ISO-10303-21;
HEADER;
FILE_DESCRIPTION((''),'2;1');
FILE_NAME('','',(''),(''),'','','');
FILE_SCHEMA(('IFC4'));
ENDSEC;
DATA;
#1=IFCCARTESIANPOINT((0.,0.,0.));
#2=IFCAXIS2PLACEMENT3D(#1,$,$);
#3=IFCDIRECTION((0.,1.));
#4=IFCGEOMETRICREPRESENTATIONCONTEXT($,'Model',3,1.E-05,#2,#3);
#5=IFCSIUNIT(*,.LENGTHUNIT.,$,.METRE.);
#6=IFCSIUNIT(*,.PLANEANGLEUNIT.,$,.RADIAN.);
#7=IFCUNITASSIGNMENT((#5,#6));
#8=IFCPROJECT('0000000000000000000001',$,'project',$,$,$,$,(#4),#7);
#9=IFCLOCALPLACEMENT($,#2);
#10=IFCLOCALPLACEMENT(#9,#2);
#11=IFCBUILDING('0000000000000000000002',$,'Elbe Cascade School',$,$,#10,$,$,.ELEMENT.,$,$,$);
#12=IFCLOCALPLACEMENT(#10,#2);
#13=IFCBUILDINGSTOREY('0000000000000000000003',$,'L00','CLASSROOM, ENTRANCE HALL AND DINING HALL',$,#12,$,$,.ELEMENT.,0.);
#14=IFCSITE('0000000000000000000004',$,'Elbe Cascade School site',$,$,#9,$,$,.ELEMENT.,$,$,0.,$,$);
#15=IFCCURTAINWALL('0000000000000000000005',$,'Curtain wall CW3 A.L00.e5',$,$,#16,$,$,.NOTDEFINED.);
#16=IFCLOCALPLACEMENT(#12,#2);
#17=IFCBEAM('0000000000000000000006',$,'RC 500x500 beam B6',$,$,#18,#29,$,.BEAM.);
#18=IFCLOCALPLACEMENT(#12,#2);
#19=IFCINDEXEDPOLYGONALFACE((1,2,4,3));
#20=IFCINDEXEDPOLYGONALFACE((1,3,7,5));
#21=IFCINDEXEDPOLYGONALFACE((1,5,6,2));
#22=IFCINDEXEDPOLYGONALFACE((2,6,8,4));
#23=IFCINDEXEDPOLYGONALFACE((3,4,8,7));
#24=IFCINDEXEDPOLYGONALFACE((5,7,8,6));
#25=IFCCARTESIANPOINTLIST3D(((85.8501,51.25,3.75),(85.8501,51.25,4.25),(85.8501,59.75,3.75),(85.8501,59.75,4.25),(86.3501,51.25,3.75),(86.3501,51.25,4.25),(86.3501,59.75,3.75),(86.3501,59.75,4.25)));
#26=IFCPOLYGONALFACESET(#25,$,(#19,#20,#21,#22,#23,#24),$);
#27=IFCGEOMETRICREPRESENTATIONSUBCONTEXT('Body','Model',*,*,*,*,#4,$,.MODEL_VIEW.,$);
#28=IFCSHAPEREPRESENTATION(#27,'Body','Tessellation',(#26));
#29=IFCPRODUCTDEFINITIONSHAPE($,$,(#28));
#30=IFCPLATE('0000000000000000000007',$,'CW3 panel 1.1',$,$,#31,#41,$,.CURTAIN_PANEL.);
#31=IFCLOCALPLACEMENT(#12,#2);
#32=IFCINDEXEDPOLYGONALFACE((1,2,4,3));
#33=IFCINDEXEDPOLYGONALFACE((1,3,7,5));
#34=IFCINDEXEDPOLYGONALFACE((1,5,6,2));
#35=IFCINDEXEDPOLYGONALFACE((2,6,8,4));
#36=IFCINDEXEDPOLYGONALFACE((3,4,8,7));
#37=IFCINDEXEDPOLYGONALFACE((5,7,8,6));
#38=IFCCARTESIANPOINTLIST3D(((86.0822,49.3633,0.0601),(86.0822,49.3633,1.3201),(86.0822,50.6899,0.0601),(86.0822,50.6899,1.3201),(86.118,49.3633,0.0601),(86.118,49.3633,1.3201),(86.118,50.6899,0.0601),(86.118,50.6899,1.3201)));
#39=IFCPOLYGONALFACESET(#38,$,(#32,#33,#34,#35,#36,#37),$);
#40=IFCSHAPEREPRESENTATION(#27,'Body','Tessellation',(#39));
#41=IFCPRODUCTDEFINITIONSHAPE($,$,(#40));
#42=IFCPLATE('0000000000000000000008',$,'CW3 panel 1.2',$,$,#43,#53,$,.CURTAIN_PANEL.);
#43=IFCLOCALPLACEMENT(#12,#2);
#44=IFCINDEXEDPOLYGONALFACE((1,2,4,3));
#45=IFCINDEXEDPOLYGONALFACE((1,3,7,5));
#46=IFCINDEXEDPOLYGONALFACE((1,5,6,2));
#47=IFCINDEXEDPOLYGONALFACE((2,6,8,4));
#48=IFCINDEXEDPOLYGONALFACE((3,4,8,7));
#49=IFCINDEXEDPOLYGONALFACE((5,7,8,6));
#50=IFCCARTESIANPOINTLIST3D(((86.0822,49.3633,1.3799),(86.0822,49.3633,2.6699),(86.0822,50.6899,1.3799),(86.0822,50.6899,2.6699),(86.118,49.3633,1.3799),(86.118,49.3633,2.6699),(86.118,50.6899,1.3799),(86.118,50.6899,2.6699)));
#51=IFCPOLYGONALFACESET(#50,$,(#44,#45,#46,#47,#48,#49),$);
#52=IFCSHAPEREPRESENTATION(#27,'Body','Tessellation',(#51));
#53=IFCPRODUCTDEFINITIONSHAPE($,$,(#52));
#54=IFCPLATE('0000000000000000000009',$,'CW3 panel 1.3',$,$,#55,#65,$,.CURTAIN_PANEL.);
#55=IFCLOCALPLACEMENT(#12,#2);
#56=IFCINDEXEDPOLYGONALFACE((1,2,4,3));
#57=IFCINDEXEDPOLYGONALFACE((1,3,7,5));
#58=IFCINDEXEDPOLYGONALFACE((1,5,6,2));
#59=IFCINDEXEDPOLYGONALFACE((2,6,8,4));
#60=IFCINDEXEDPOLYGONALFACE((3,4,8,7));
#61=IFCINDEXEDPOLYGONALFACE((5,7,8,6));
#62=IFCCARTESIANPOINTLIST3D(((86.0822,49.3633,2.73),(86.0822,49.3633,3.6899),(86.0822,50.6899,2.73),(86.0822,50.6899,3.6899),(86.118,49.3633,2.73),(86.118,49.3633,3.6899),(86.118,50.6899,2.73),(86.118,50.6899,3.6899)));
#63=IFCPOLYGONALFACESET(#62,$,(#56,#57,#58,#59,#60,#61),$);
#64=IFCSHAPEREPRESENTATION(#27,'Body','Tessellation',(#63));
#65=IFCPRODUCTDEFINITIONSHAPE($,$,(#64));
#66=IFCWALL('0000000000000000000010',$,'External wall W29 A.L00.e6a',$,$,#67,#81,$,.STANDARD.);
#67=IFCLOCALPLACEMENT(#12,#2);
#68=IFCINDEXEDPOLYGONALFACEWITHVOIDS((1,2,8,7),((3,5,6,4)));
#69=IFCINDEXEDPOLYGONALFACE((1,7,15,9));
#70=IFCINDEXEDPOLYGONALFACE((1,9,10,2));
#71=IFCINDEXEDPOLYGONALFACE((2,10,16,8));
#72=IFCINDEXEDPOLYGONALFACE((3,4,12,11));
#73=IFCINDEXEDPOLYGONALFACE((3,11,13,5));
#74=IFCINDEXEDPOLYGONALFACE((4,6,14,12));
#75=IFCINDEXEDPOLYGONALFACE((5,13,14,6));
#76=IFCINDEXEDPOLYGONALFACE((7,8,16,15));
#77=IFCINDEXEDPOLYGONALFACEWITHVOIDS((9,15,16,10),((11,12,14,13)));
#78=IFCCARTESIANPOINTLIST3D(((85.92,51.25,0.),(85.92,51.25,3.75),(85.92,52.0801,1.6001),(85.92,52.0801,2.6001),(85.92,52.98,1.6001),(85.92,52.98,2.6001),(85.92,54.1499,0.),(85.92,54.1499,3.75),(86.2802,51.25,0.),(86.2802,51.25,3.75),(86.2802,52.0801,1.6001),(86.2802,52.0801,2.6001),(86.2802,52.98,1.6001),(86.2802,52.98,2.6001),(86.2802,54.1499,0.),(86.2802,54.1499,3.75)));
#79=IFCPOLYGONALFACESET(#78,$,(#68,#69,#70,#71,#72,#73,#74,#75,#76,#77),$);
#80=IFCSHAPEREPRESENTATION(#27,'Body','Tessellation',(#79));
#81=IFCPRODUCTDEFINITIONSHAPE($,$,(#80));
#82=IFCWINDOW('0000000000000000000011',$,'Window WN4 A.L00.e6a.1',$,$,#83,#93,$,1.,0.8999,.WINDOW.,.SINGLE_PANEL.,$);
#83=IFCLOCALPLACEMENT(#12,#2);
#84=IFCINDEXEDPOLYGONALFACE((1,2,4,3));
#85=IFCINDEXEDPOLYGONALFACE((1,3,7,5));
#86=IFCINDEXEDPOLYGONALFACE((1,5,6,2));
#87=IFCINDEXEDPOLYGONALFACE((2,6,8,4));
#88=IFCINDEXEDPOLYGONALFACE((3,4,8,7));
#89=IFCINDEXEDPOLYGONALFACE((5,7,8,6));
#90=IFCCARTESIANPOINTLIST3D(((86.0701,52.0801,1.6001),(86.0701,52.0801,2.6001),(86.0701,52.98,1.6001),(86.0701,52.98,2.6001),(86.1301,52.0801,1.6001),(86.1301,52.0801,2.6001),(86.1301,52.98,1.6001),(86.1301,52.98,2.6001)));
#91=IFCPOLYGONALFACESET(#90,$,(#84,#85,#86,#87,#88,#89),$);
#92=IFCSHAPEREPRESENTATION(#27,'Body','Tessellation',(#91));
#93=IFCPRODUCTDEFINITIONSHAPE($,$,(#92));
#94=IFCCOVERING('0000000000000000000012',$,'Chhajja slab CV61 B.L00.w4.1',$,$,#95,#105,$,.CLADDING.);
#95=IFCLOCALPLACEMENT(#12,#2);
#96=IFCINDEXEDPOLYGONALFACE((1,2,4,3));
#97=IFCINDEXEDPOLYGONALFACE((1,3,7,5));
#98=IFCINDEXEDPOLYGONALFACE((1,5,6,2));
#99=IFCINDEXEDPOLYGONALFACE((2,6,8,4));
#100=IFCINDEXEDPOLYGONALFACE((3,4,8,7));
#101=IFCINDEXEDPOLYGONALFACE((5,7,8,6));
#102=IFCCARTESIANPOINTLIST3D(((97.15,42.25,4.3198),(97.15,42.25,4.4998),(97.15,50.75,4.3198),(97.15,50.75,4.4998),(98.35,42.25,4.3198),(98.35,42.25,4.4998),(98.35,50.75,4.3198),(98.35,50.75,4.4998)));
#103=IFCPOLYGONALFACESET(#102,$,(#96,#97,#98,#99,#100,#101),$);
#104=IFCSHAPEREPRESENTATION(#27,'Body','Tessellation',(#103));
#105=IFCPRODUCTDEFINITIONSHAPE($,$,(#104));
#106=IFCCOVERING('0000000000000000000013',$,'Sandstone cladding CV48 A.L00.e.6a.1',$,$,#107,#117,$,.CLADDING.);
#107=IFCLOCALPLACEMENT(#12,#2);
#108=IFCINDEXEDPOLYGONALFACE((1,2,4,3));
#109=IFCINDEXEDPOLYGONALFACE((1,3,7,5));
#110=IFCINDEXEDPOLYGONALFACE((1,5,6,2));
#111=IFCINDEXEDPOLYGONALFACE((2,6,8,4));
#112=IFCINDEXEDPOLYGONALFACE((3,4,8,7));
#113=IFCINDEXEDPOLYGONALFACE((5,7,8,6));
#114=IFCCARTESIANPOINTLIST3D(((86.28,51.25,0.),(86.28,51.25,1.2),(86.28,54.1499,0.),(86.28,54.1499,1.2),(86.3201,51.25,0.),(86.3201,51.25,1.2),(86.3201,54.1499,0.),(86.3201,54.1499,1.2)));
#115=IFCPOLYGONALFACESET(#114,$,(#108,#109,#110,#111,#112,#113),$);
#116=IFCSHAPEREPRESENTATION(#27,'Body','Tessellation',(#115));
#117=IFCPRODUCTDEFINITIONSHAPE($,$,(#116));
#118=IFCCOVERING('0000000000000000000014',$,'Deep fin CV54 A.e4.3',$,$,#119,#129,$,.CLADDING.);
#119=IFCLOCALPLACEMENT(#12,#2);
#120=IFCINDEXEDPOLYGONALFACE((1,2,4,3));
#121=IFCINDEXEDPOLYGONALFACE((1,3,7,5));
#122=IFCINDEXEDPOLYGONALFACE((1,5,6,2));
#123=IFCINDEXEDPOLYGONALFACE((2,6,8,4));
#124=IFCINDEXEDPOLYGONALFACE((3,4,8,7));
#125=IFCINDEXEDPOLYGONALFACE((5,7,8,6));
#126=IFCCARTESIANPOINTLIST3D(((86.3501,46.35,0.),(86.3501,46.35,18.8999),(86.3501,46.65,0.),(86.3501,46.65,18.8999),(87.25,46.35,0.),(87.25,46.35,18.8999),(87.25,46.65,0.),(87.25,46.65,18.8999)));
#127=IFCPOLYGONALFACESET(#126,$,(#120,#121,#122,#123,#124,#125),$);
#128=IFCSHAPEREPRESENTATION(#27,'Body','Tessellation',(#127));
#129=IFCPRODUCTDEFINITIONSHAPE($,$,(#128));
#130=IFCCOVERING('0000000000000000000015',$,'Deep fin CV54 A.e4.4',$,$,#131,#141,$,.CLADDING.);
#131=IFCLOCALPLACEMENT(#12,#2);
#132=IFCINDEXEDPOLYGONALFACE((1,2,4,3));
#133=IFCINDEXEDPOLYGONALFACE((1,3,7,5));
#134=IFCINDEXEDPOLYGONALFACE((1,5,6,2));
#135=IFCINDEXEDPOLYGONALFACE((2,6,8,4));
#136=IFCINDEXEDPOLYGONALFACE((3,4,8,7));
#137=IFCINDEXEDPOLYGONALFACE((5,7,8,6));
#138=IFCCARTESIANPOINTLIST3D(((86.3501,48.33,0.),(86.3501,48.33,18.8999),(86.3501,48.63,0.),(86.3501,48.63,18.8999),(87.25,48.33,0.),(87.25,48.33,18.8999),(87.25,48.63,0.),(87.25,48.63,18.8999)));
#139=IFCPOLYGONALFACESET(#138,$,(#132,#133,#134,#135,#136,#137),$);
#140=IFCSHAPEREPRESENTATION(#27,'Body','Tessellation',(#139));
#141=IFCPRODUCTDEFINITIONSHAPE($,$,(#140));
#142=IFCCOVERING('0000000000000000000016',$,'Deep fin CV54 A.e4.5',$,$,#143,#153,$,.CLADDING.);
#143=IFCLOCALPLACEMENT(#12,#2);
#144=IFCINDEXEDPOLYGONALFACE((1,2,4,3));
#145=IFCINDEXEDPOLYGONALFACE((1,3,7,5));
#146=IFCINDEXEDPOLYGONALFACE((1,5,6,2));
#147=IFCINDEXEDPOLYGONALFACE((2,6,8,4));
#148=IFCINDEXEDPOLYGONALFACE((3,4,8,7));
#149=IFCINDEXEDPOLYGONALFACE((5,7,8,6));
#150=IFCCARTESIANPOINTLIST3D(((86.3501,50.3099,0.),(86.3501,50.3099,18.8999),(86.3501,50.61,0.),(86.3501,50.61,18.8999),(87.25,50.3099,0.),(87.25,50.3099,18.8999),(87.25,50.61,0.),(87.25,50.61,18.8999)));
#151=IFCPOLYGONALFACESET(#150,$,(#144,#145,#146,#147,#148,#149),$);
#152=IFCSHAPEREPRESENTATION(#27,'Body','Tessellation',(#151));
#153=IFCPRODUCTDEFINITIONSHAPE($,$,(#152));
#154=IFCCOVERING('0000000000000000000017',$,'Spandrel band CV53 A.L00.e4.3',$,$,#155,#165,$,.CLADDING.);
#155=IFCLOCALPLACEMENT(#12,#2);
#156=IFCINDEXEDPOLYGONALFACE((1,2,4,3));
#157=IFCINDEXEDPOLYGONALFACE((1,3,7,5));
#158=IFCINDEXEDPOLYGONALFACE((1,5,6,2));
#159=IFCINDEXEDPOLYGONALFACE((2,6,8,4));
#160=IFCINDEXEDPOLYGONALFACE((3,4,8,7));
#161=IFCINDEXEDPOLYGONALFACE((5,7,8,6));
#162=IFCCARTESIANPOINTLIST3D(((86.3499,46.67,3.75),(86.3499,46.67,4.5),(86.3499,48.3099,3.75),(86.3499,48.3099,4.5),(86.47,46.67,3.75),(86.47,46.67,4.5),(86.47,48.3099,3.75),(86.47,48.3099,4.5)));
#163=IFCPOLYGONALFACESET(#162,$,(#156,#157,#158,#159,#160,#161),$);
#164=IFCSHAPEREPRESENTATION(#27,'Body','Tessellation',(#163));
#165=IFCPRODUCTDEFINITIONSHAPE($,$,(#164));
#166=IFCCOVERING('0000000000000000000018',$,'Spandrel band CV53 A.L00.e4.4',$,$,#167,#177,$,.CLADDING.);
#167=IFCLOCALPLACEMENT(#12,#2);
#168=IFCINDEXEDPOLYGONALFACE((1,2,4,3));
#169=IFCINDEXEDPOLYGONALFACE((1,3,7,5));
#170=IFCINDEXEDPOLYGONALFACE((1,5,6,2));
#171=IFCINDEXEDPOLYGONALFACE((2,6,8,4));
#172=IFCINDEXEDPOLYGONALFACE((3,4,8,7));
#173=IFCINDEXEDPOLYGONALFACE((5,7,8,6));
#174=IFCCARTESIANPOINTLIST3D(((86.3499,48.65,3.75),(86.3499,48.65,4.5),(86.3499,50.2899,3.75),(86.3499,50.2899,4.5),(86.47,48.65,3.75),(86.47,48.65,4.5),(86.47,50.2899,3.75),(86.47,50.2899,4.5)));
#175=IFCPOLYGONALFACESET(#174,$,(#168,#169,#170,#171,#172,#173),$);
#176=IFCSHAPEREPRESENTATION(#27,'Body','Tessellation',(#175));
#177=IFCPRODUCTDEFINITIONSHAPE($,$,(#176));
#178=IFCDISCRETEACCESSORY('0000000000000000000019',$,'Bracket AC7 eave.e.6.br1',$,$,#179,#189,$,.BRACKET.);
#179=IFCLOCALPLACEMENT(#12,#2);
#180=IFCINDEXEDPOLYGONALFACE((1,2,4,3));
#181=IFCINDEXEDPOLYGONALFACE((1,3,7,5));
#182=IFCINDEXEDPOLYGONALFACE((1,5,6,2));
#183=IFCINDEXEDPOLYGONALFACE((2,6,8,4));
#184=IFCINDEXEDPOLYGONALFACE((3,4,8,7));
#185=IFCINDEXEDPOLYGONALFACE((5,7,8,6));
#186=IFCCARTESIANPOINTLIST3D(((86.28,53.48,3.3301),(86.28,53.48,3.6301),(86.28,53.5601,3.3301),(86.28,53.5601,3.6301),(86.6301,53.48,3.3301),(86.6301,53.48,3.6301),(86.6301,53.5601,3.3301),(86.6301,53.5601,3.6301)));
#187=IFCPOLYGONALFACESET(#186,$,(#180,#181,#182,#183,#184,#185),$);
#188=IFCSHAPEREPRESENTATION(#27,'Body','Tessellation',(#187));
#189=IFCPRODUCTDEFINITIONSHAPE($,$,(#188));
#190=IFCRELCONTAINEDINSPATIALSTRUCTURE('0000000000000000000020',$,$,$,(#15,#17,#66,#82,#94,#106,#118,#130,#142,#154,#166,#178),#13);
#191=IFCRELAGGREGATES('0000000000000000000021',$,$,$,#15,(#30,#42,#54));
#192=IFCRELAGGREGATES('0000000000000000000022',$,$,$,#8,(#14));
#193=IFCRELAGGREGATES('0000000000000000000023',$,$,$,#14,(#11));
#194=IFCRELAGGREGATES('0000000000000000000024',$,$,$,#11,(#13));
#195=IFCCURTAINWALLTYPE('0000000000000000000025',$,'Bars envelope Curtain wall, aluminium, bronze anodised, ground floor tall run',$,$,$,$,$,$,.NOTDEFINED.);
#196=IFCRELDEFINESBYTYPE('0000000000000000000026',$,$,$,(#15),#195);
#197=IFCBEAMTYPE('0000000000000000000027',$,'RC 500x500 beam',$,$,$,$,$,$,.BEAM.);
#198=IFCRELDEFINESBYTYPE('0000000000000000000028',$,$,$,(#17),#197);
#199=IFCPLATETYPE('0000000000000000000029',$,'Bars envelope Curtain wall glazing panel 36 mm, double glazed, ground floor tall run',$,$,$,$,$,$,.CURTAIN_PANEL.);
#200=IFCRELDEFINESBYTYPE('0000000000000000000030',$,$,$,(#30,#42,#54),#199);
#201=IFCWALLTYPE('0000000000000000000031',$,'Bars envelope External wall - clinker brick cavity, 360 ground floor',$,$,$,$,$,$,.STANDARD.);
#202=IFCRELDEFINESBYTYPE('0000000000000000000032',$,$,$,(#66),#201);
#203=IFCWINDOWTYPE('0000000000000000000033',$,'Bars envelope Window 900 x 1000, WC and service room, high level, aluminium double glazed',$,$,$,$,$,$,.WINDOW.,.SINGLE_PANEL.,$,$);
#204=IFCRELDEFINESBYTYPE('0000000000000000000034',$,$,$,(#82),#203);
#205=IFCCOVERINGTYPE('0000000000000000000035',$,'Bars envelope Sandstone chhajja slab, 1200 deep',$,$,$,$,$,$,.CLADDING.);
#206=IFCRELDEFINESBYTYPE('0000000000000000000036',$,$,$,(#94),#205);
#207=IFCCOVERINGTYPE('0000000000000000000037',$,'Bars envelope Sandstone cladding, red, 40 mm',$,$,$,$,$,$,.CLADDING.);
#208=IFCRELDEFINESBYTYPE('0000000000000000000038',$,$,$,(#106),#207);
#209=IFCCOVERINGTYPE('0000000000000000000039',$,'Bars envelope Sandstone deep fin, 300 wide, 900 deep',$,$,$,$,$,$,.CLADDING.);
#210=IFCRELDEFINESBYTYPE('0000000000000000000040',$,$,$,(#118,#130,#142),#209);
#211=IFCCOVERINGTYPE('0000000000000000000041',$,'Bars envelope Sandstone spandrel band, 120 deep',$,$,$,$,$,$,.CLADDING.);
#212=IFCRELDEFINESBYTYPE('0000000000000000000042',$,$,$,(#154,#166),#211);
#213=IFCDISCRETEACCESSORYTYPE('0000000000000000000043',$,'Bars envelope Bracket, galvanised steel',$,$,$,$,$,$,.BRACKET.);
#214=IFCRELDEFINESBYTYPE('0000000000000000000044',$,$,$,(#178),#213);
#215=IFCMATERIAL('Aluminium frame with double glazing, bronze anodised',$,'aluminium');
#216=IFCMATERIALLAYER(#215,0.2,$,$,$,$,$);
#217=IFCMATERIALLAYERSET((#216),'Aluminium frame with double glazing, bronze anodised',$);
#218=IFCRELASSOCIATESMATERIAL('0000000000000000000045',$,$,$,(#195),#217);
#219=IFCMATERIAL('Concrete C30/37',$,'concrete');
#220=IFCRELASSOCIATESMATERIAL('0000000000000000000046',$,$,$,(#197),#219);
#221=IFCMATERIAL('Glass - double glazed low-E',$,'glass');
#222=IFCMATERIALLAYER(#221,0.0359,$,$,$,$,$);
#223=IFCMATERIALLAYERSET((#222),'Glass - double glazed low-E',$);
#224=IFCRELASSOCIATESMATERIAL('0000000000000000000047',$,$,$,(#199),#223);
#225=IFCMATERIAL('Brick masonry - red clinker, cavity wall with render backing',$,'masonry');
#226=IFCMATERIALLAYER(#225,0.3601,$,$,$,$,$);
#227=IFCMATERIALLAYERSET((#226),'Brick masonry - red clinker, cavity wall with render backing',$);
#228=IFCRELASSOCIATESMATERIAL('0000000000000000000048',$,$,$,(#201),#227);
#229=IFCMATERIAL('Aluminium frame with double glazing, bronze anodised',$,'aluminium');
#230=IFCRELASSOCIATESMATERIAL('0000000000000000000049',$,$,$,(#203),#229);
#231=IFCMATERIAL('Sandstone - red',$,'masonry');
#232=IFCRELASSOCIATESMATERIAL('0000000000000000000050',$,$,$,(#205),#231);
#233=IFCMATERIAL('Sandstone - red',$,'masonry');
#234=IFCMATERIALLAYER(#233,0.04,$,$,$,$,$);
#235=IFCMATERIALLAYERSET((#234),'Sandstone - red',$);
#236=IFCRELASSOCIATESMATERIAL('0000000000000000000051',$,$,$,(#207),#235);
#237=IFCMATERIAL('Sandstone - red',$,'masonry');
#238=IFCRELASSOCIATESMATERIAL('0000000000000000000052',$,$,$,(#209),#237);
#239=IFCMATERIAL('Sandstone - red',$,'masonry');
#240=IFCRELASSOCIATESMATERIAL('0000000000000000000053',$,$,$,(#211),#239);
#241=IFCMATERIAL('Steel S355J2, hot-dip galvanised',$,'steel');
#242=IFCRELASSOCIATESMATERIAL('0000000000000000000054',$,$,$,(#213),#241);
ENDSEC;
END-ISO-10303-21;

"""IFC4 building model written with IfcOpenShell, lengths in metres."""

from ifc_helpers import new_model, si_unit, direction, frame, frame_2d, origin, origin_2d, place, context, subcontext, project, spatial, rectangle, extrude, material, layer, layer_set, material_profile, profile_set, type_object, element, fill, aggregate, save


model = new_model("IFC4")

# Units and contexts
model_context = context("Model", 3, precision=1e-05, world=origin(), true_north=direction((0.0, 1.0)))
body_context = subcontext(model_context, "Body", "Model", "MODEL_VIEW")
ifc_project = project(units=[si_unit("LENGTHUNIT", "METRE"), si_unit("PLANEANGLEUNIT", "RADIAN")], contexts=[model_context])

# Site, building, storey
site_placement = place(None, origin())
site = spatial("IfcSite", under=ifc_project, at=site_placement, Name="Elbe Cascade School site", CompositionType="ELEMENT", RefElevation=0.0)
building_placement = place(site_placement, origin())
building = spatial("IfcBuilding", under=site, at=building_placement, Name="Elbe Cascade School", CompositionType="ELEMENT")
storey_placement = place(building_placement, origin())
storey = spatial("IfcBuildingStorey", under=building, at=storey_placement, Name="L00", Description="CLASSROOM, ENTRANCE HALL AND DINING HALL", CompositionType="ELEMENT", Elevation=0.0)

# Curtain wall
ifc_material_1 = material(Name="Aluminium frame with double glazing, bronze anodised", Category="aluminium")
ifc_layer_1 = layer(ifc_material_1, 0.2)
ifc_layer_set_1 = layer_set([ifc_layer_1], Name="Aluminium frame with double glazing, bronze anodised")
curtain_wall_type = type_object("IfcCurtainWallType", Name="Bars envelope Curtain wall, aluminium, bronze anodised, ground floor tall run", PredefinedType="NOTDEFINED", material=ifc_layer_set_1)
curtain_wall_1_placement = place(storey_placement, origin())
curtain_wall_1 = element("IfcCurtainWall", 1, at=curtain_wall_1_placement, inside=storey, type_object=curtain_wall_type, Name="Curtain wall CW3 A.L00.e5", PredefinedType="NOTDEFINED")

# Beam
ifc_material_2 = material(Name="Concrete C30/37", Category="concrete")
ifc_material_profile_1 = material_profile(ifc_material_2, rectangle(XDim=0.5, YDim=0.5, at=origin_2d()), Name="RC 500x500")
ifc_profile_set_1 = profile_set([ifc_material_profile_1], Name="Concrete C30/37")
beam_type_1 = type_object("IfcBeamType", Name="RC 500x500 beam", PredefinedType="BEAM", material=ifc_profile_set_1)
beam_1_placement = place(storey_placement, frame((86.1001, 51.25, 4.0), z_axis=(0.0, 1.0, 0.0), x_axis=(-1.0, 0.0, 0.0)))
element("IfcBeam", 2, at=beam_1_placement, inside=storey, type_object=beam_type_1, Name="RC 500x500 beam B6", PredefinedType="BEAM", context=body_context, shape_type="SweptSolid", body=[
    extrude(rectangle(XDim=0.5, YDim=0.5, at=origin_2d()), origin(), (0.0, 0.0, 1.0), 8.5),
])

# Plates
ifc_material_3 = material(Name="Glass - double glazed low-E", Category="glass")
ifc_layer_2 = layer(ifc_material_3, 0.0359)
ifc_layer_set_2 = layer_set([ifc_layer_2], Name="Glass - double glazed low-E")
plate_type = type_object("IfcPlateType", Name="Bars envelope Curtain wall glazing panel 36 mm, double glazed, ground floor tall run", PredefinedType="CURTAIN_PANEL", material=ifc_layer_set_2)
plate_1_placement = place(storey_placement, frame((86.1001, 50.0266, 0.0601), z_axis=(0.0, 0.0, 1.0), x_axis=(0.0, -1.0, 0.0)))
plate_1 = element("IfcPlate", 3, at=plate_1_placement, type_object=plate_type, Name="CW3 panel 1.1", PredefinedType="CURTAIN_PANEL", context=body_context, shape_type="SweptSolid", body=[
    extrude(rectangle(XDim=1.3267, YDim=0.0359, at=origin_2d()), origin(), (0.0, 0.0, 1.0), 1.26),
])
plate_2_placement = place(storey_placement, frame((86.1001, 50.0266, 1.3799), z_axis=(0.0, 0.0, 1.0), x_axis=(0.0, -1.0, 0.0)))
plate_2 = element("IfcPlate", 4, at=plate_2_placement, type_object=plate_type, Name="CW3 panel 1.2", PredefinedType="CURTAIN_PANEL", context=body_context, shape_type="SweptSolid", body=[
    extrude(rectangle(XDim=1.3267, YDim=0.0359, at=origin_2d()), origin(), (0.0, 0.0, 1.0), 1.29),
])
plate_3_placement = place(storey_placement, frame((86.1001, 50.0266, 2.73), z_axis=(0.0, 0.0, 1.0), x_axis=(0.0, -1.0, 0.0)))
plate_3 = element("IfcPlate", 5, at=plate_3_placement, type_object=plate_type, Name="CW3 panel 1.3", PredefinedType="CURTAIN_PANEL", context=body_context, shape_type="SweptSolid", body=[
    extrude(rectangle(XDim=1.3267, YDim=0.0359, at=origin_2d()), origin(), (0.0, 0.0, 1.0), 0.96),
])
aggregate(curtain_wall_1, [plate_1, plate_2, plate_3])

# Wall, opening, window
ifc_material_4 = material(Name="Brick masonry - red clinker, cavity wall with render backing", Category="masonry")
ifc_layer_3 = layer(ifc_material_4, 0.3601)
ifc_layer_set_3 = layer_set([ifc_layer_3], Name="Brick masonry - red clinker, cavity wall with render backing")
wall_type = type_object("IfcWallType", Name="Bars envelope External wall - clinker brick cavity, 360 ground floor", PredefinedType="STANDARD", material=ifc_layer_set_3)
wall_placement = place(storey_placement, frame((86.1001, 54.1499, 0.0), z_axis=(0.0, 0.0, 1.0), x_axis=(0.0, -1.0, 0.0)))
wall = element("IfcWall", 6, at=wall_placement, inside=storey, type_object=wall_type, Name="External wall W29 A.L00.e6a", PredefinedType="STANDARD", context=body_context, shape_type="SweptSolid", body=[
    extrude(rectangle(XDim=2.8999, YDim=0.3601, at=frame_2d((1.45, 0.0))), origin(), (0.0, 0.0, 1.0), 3.75),
])
opening_placement = place(wall_placement, frame((1.1699, 0.0, 1.6001)))
opening = element("IfcOpeningElement", 7, at=opening_placement, cuts=wall, PredefinedType="OPENING", context=body_context, shape_type="SweptSolid", body=[
    extrude(rectangle(XDim=0.8999, YDim=1.0, at=frame_2d((0.45, 0.5))), frame((0.0, 0.1899, 0.0), z_axis=(0.0, -1.0, 0.0), x_axis=(1.0, 0.0, 0.0)), (0.0, 0.0, 1.0), 0.3801),
])
ifc_material_5 = material(Name="Aluminium frame with double glazing, bronze anodised", Category="aluminium")
window_type = type_object("IfcWindowType", Name="Bars envelope Window 900 x 1000, WC and service room, high level, aluminium double glazed", PartitioningType="SINGLE_PANEL", PredefinedType="WINDOW", material=ifc_material_5)
window_placement = place(opening_placement, origin())
window = element("IfcWindow", 8, at=window_placement, inside=storey, type_object=window_type, Name="Window WN4 A.L00.e6a.1", OverallHeight=1.0, OverallWidth=0.8999, PartitioningType="SINGLE_PANEL", PredefinedType="WINDOW", context=body_context, shape_type="SweptSolid", body=[
    extrude(rectangle(XDim=0.8999, YDim=1.0, at=frame_2d((0.45, 0.5))), frame((0.0, 0.03, 0.0), z_axis=(0.0, -1.0, 0.0), x_axis=(1.0, 0.0, 0.0)), (0.0, 0.0, 1.0), 0.0601),
])
fill(opening, window)

# Coverings
ifc_material_6 = material(Name="Sandstone - red", Category="masonry")
covering_type_1 = type_object("IfcCoveringType", Name="Bars envelope Sandstone chhajja slab, 1200 deep", PredefinedType="CLADDING", material=ifc_material_6)
covering_1_placement = place(storey_placement, frame((97.75, 46.5, 4.3198), z_axis=(0.0, 0.0, 1.0), x_axis=(0.0, 1.0, 0.0)))
element("IfcCovering", 9, at=covering_1_placement, inside=storey, type_object=covering_type_1, Name="Chhajja slab CV61 B.L00.w4.1", PredefinedType="CLADDING", context=body_context, shape_type="SweptSolid", body=[
    extrude(rectangle(XDim=8.5, YDim=1.2, at=origin_2d()), origin(), (0.0, 0.0, 1.0), 0.1799),
])
ifc_material_7 = material(Name="Sandstone - red", Category="masonry")
ifc_layer_4 = layer(ifc_material_7, 0.04)
ifc_layer_set_4 = layer_set([ifc_layer_4], Name="Sandstone - red")
covering_type_2 = type_object("IfcCoveringType", Name="Bars envelope Sandstone cladding, red, 40 mm", PredefinedType="CLADDING", material=ifc_layer_set_4)
covering_2_placement = place(storey_placement, frame((86.3, 52.7, 0.0), z_axis=(0.0, 0.0, 1.0), x_axis=(0.0, 1.0, 0.0)))
element("IfcCovering", 10, at=covering_2_placement, inside=storey, type_object=covering_type_2, Name="Sandstone cladding CV48 A.L00.e.6a.1", PredefinedType="CLADDING", context=body_context, shape_type="SweptSolid", body=[
    extrude(rectangle(XDim=2.8999, YDim=0.04, at=origin_2d()), origin(), (0.0, 0.0, 1.0), 1.2),
])
ifc_material_8 = material(Name="Sandstone - red", Category="masonry")
covering_type_3 = type_object("IfcCoveringType", Name="Bars envelope Sandstone deep fin, 300 wide, 900 deep", PredefinedType="CLADDING", material=ifc_material_8)
for number, where, z_axis, x_axis, name in (
    (11, (86.8, 46.5, 0.0), (0.0, 0.0, 1.0), (0.0, 1.0, 0.0), "Deep fin CV54 A.e4.3"),
    (12, (86.8, 48.48, 0.0), (0.0, 0.0, 1.0), (0.0, 1.0, 0.0), "Deep fin CV54 A.e4.4"),
    (13, (86.8, 50.46, 0.0), (0.0, 0.0, 1.0), (0.0, 1.0, 0.0), "Deep fin CV54 A.e4.5"),
):
    element("IfcCovering", number, at=place(storey_placement, frame(where, z_axis=z_axis, x_axis=x_axis)), inside=storey, type_object=covering_type_3, Name=name, PredefinedType="CLADDING", context=body_context, shape_type="SweptSolid", body=[
        extrude(rectangle(XDim=0.3, YDim=0.8999, at=origin_2d()), origin(), (0.0, 0.0, 1.0), 18.8999),
    ])
ifc_material_9 = material(Name="Sandstone - red", Category="masonry")
covering_type_4 = type_object("IfcCoveringType", Name="Bars envelope Sandstone spandrel band, 120 deep", PredefinedType="CLADDING", material=ifc_material_9)
for number, where, z_axis, x_axis, name in (
    (14, (86.4099, 47.49, 3.75), (0.0, 0.0, 1.0), (0.0, 1.0, 0.0), "Spandrel band CV53 A.L00.e4.3"),
    (15, (86.4099, 49.47, 3.75), (0.0, 0.0, 1.0), (0.0, 1.0, 0.0), "Spandrel band CV53 A.L00.e4.4"),
):
    element("IfcCovering", number, at=place(storey_placement, frame(where, z_axis=z_axis, x_axis=x_axis)), inside=storey, type_object=covering_type_4, Name=name, PredefinedType="CLADDING", context=body_context, shape_type="SweptSolid", body=[
        extrude(rectangle(XDim=1.6399, YDim=0.1201, at=origin_2d()), origin(), (0.0, 0.0, 1.0), 0.75),
    ])

# Discrete accessory
ifc_material_10 = material(Name="Steel S355J2, hot-dip galvanised", Category="steel")
discrete_accessory_type = type_object("IfcDiscreteAccessoryType", Name="Bars envelope Bracket, galvanised steel", PredefinedType="BRACKET", material=ifc_material_10)
discrete_accessory_placement = place(storey_placement, frame((86.4551, 53.52, 3.3301), z_axis=(0.0, 0.0, 1.0), x_axis=(0.0, 1.0, 0.0)))
element("IfcDiscreteAccessory", 16, at=discrete_accessory_placement, inside=storey, type_object=discrete_accessory_type, Name="Bracket AC7 eave.e.6.br1", PredefinedType="BRACKET", context=body_context, shape_type="SweptSolid", body=[
    extrude(rectangle(XDim=0.0801, YDim=0.3501, at=origin_2d()), origin(), (0.0, 0.0, 1.0), 0.3),
])

save(model, "model.ifc")
